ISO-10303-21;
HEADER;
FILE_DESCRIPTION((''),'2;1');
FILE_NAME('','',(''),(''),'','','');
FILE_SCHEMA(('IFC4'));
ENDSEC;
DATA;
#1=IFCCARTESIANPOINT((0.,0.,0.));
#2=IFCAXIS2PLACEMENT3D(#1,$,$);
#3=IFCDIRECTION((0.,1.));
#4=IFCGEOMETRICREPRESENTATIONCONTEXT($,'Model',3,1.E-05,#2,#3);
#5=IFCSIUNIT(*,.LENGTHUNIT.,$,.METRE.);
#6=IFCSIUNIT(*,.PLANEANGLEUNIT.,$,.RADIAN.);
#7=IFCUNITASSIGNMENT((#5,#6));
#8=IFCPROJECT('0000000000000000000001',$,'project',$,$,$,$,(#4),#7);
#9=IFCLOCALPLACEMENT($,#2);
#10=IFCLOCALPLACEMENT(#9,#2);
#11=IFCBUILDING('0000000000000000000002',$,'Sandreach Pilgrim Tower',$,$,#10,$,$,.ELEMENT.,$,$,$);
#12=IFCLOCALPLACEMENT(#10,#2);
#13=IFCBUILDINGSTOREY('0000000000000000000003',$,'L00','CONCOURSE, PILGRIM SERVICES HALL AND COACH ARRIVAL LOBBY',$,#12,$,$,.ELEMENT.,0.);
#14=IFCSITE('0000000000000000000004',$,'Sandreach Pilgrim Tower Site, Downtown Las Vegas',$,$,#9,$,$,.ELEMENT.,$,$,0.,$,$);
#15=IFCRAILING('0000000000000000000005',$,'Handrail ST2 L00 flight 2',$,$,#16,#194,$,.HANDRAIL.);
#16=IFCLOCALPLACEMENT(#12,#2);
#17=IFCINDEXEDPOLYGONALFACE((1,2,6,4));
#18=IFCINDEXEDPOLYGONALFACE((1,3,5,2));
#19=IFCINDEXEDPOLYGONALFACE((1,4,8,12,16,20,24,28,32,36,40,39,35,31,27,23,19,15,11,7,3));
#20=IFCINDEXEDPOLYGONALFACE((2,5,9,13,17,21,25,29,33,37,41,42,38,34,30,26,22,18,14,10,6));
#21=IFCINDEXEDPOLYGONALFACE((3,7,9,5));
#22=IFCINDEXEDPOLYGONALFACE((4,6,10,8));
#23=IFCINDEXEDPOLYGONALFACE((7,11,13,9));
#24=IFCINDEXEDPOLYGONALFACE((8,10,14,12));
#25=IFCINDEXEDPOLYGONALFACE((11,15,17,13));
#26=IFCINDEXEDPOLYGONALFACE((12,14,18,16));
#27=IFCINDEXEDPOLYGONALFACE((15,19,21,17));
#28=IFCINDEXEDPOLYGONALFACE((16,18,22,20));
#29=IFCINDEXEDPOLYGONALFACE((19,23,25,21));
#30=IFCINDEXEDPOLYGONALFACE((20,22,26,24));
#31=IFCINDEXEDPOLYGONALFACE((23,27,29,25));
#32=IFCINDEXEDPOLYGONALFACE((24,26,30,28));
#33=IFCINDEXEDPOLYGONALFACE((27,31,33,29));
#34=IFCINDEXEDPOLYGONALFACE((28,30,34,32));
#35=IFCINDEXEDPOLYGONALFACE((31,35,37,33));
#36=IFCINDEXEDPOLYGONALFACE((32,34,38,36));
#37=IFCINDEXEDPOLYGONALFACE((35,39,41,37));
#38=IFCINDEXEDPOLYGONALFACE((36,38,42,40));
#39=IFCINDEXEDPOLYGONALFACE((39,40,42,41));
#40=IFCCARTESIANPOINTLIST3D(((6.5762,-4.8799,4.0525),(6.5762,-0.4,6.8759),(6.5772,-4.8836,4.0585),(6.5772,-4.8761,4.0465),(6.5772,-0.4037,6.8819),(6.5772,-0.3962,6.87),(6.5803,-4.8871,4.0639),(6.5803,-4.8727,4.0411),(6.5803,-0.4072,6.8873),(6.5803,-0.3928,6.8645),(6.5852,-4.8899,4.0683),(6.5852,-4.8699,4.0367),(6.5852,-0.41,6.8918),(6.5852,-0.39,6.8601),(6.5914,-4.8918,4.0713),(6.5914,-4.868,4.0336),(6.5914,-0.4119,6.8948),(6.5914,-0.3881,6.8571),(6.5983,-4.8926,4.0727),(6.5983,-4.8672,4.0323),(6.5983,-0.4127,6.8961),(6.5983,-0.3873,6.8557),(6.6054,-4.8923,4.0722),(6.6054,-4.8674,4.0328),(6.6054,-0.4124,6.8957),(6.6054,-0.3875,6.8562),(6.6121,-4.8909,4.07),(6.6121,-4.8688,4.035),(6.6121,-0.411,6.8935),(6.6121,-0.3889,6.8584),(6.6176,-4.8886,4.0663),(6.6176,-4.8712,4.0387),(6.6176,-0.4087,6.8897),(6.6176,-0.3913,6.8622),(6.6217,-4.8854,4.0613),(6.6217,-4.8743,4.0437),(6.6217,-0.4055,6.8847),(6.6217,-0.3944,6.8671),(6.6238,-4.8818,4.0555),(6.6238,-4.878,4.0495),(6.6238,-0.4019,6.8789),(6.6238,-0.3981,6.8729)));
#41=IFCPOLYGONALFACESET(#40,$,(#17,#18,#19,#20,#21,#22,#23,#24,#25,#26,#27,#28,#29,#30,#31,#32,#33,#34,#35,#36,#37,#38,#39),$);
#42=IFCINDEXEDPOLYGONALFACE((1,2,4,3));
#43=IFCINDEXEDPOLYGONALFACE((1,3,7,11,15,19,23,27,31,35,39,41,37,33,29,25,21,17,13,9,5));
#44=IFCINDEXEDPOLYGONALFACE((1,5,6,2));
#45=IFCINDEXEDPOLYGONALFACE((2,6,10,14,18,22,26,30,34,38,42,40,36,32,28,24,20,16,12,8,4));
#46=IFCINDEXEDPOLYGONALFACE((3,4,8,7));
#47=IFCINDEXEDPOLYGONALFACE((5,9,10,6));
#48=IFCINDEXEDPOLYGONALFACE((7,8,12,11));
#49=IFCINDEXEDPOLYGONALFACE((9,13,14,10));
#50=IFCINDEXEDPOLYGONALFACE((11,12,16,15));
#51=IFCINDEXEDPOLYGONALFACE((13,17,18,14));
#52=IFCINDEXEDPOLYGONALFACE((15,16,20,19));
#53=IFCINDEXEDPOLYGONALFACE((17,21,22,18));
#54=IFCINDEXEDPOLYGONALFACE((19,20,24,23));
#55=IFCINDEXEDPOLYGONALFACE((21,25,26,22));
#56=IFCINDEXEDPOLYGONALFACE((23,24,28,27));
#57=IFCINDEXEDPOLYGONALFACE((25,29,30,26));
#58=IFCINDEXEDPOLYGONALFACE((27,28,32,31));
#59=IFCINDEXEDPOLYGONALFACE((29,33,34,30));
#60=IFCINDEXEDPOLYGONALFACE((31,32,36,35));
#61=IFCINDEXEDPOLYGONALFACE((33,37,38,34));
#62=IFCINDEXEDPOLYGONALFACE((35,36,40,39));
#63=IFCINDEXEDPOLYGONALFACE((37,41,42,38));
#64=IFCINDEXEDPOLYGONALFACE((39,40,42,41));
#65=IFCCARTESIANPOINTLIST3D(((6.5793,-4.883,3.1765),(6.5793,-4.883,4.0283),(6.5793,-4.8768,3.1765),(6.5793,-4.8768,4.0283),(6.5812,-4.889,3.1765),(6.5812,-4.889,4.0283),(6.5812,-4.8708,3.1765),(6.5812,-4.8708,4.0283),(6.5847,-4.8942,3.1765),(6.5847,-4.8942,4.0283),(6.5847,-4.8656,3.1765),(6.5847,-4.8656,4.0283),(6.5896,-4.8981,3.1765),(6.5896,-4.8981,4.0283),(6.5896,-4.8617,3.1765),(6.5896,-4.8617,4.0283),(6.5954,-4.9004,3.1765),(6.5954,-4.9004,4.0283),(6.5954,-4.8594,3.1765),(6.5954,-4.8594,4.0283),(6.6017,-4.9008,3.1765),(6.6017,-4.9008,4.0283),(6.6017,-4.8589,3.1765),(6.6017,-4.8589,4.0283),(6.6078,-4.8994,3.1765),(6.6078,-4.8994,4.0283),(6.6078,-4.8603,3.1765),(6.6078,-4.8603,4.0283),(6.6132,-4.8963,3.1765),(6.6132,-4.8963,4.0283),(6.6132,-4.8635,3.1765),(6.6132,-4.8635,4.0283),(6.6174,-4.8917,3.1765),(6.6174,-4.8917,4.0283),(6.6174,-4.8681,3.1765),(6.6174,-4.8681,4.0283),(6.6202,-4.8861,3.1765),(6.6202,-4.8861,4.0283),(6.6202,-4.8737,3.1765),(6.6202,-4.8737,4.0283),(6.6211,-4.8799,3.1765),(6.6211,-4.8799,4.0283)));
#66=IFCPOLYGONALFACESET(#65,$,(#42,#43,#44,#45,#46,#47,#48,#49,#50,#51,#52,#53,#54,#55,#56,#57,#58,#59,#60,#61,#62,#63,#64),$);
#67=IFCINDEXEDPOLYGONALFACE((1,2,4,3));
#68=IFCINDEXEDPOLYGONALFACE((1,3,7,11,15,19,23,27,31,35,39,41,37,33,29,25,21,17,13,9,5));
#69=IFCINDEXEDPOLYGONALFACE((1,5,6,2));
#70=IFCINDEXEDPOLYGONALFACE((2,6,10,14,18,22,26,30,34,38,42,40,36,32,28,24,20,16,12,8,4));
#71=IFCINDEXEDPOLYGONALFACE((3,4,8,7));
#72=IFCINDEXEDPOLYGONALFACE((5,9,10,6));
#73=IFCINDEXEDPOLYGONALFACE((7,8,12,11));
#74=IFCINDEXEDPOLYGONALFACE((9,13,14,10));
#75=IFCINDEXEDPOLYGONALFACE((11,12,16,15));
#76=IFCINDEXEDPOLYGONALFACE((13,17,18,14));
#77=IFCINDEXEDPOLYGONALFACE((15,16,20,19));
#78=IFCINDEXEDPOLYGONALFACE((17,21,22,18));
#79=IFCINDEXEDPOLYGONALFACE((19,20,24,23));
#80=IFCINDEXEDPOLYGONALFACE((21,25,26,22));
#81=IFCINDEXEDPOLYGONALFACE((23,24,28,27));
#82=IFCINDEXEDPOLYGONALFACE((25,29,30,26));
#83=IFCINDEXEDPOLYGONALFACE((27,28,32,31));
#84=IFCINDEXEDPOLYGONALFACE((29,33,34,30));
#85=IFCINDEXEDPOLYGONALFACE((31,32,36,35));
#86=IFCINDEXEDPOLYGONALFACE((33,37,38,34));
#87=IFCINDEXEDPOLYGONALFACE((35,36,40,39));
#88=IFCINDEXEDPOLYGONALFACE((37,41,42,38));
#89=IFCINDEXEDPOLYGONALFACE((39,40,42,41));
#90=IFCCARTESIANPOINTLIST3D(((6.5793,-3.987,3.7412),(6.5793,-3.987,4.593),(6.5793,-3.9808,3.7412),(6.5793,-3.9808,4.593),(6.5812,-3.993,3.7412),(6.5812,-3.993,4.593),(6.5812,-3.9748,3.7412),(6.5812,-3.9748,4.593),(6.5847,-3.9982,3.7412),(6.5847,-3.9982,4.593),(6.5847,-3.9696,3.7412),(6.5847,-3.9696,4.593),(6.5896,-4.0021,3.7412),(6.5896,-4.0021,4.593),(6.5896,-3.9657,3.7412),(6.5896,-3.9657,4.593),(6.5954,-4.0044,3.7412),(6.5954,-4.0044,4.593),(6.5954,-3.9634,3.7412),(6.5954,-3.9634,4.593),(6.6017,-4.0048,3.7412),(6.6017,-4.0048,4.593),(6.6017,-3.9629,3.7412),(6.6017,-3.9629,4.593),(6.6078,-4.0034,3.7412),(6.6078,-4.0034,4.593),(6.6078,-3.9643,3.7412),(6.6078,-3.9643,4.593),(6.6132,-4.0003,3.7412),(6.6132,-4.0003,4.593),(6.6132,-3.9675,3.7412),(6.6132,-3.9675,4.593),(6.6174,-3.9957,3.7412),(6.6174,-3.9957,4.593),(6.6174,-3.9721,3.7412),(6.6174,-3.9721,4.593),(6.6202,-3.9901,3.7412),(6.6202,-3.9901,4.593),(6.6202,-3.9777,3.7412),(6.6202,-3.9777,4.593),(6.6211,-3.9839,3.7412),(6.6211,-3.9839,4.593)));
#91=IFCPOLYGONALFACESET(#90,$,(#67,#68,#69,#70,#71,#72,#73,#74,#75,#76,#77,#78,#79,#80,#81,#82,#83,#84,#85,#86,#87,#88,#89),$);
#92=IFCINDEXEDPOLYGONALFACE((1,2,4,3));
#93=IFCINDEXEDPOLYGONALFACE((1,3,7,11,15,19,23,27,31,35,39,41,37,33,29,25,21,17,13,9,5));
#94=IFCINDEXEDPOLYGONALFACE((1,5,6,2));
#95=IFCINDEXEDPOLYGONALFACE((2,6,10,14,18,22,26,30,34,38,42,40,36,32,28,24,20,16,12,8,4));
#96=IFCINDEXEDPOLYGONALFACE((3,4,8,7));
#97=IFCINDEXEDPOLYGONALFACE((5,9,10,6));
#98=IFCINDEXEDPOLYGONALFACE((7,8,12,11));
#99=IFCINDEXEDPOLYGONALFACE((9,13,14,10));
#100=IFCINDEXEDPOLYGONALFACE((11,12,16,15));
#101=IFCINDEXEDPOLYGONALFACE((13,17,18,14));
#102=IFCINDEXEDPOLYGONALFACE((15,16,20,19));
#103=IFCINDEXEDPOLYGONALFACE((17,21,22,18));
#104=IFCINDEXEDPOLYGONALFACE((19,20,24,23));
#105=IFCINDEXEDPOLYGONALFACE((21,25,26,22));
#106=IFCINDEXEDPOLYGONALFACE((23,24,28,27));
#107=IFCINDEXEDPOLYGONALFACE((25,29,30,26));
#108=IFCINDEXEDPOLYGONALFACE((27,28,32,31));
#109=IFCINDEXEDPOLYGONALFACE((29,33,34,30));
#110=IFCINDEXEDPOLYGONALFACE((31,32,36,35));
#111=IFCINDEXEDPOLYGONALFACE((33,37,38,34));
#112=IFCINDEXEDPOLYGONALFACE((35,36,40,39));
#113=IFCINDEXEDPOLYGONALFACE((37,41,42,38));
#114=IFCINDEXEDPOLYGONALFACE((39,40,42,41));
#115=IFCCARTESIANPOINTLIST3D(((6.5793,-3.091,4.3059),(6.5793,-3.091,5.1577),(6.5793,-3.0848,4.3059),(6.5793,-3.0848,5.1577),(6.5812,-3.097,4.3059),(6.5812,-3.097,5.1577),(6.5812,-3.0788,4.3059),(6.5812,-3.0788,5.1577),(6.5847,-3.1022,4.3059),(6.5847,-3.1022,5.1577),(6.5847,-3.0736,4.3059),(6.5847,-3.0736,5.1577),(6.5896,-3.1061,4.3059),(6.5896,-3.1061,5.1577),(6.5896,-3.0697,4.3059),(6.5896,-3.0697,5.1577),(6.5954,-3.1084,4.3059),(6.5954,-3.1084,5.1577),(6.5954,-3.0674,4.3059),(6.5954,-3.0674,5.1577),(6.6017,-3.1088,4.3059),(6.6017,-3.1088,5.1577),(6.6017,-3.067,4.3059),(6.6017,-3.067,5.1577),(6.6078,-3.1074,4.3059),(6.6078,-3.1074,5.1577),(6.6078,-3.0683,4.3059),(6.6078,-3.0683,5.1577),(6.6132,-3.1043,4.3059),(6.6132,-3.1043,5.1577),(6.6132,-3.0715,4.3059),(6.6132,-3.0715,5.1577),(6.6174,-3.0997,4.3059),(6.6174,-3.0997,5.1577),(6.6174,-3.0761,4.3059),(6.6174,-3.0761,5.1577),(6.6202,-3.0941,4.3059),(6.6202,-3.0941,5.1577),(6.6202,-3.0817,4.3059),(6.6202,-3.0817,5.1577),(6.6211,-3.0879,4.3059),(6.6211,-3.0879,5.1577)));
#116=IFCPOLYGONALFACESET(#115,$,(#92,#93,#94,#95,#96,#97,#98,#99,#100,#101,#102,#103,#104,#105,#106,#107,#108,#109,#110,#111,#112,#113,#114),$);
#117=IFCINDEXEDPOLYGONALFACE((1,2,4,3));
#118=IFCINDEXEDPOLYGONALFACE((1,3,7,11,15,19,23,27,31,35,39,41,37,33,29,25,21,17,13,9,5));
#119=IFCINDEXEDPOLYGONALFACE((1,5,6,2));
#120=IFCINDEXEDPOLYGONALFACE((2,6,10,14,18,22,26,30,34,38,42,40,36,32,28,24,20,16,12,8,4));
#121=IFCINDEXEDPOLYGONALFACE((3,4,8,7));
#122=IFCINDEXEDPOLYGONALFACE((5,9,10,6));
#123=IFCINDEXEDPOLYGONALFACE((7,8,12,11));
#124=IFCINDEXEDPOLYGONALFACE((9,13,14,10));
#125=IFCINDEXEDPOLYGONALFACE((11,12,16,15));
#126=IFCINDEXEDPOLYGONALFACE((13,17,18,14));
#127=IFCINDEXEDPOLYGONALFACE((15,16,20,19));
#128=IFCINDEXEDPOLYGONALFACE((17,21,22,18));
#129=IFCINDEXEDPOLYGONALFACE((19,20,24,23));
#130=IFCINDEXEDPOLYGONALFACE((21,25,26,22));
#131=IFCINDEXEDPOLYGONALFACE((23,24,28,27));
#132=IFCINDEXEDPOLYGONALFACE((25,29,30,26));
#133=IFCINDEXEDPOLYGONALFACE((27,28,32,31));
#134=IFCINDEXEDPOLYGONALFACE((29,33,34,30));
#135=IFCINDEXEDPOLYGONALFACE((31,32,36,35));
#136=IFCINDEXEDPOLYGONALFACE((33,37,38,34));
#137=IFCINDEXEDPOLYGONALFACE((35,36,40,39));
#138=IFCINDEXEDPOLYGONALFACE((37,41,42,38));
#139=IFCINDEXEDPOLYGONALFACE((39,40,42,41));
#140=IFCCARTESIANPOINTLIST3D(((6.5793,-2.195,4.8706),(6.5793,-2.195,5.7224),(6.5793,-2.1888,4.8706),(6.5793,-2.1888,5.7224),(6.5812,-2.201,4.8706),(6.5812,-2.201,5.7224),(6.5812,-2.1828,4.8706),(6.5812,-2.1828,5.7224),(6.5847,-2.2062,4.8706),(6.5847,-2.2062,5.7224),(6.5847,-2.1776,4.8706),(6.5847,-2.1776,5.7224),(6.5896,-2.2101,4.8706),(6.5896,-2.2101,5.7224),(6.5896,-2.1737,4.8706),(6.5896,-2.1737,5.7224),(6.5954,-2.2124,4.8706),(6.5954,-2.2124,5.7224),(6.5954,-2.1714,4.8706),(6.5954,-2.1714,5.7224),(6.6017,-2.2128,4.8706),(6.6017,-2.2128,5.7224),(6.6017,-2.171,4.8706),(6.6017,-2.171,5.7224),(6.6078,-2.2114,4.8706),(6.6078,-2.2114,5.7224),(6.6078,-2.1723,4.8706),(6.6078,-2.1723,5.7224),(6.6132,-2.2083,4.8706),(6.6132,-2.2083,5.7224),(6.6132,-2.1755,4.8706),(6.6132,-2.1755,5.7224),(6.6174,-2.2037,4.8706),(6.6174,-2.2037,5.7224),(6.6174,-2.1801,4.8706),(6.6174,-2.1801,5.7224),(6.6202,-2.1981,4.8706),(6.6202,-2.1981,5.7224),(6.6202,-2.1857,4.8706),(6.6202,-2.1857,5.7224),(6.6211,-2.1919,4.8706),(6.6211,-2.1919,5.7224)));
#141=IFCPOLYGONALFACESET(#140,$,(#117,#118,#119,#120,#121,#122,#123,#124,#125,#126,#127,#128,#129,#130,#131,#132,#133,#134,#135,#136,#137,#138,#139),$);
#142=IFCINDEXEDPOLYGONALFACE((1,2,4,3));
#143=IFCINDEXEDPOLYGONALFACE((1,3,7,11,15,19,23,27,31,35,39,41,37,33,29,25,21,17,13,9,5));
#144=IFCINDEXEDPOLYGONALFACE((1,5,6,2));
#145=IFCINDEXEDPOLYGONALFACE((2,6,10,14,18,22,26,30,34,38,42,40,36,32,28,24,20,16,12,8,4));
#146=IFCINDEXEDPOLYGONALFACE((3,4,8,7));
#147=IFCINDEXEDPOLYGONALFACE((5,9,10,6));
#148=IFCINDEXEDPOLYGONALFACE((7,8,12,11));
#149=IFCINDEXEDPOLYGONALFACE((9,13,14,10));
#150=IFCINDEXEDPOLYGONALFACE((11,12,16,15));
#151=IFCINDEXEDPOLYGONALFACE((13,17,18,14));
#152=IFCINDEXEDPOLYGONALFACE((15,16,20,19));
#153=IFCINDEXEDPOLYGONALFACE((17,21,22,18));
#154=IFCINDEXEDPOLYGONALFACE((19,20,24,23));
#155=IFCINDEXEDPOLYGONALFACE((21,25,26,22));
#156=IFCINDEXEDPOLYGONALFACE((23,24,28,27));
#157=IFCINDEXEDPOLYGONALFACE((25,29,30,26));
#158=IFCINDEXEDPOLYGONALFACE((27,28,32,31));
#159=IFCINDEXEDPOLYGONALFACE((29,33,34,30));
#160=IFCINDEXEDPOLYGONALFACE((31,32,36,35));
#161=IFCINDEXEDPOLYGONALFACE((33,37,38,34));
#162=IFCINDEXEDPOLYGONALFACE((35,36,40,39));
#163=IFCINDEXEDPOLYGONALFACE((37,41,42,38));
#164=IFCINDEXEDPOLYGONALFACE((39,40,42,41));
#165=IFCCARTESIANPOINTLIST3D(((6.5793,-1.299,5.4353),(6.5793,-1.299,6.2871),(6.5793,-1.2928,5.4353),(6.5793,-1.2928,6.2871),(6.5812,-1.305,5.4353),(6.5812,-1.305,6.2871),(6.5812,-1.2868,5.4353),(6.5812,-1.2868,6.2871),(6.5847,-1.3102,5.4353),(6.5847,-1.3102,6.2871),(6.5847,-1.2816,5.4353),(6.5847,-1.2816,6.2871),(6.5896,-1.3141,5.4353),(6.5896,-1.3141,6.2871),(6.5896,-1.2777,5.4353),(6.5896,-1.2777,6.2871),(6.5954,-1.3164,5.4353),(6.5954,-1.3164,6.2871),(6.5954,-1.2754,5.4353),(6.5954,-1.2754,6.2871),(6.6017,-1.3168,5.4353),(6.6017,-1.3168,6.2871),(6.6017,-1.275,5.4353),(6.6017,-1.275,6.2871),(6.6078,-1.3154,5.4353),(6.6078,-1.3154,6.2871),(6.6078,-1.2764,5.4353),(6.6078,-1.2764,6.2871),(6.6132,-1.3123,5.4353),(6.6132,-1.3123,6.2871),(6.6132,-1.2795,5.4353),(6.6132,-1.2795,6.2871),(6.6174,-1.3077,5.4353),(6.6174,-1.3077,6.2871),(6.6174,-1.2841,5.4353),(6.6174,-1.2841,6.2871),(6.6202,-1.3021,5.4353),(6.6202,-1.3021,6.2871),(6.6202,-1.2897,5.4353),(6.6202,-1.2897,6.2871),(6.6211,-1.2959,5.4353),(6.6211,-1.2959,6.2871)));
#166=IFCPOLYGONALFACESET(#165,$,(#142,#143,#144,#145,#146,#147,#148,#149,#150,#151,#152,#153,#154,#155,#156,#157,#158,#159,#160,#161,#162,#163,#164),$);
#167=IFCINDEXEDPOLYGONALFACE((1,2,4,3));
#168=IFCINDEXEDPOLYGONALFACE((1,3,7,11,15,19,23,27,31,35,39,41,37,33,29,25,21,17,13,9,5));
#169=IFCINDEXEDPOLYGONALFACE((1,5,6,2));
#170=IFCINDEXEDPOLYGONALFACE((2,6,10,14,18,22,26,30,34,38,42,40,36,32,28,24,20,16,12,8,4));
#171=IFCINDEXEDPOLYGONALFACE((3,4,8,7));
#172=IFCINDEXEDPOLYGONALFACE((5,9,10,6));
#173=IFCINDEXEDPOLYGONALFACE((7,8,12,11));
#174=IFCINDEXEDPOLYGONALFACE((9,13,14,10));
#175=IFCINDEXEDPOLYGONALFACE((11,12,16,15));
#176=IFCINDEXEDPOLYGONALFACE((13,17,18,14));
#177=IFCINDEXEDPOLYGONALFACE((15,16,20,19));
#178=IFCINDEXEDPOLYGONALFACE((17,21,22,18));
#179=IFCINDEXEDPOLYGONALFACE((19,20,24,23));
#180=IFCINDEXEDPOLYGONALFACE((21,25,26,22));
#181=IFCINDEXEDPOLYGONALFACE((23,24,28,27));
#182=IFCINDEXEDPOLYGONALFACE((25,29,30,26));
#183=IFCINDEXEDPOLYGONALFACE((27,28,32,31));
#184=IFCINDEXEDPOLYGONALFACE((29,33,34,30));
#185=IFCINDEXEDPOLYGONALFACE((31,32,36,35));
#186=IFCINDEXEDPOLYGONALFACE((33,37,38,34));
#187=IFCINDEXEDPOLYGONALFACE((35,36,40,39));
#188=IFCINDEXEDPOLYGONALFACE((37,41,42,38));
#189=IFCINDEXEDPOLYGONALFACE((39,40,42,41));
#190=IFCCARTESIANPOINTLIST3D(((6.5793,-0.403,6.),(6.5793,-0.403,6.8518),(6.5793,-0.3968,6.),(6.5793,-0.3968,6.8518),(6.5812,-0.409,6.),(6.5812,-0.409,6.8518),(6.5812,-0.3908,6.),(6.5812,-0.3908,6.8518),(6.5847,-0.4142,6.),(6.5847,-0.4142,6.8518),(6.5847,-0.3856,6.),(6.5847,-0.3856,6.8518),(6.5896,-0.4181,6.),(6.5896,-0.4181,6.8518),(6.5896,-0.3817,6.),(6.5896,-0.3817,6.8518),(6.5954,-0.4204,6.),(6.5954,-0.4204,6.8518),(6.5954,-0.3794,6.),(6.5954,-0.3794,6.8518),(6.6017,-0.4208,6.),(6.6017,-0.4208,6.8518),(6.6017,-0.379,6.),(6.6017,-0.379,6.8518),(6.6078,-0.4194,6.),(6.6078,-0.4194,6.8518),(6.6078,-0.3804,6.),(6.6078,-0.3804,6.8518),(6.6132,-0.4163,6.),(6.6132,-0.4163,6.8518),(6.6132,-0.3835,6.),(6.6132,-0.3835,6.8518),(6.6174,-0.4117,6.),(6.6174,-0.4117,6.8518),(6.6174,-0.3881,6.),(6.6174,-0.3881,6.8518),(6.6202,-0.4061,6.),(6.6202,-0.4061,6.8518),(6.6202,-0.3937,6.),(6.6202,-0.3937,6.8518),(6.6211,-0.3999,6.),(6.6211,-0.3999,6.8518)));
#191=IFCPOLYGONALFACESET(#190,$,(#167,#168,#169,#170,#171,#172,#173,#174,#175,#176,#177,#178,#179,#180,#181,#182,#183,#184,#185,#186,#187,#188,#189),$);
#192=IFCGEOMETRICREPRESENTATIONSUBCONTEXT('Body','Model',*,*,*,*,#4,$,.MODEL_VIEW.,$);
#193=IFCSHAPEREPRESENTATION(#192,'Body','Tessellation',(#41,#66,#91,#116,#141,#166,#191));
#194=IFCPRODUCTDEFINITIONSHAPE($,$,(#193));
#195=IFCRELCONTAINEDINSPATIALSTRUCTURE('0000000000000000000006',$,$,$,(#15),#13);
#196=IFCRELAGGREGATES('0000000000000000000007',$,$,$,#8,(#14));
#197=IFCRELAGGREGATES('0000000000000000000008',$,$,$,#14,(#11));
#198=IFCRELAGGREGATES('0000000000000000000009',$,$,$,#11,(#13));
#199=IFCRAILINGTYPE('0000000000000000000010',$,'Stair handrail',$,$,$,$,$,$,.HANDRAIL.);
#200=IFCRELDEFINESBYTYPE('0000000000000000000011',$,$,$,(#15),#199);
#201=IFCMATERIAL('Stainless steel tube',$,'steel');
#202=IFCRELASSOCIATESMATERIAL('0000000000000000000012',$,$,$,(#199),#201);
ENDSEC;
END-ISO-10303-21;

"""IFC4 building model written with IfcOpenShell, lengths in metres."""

from ifc_helpers import new_model, si_unit, direction, frame, origin, origin_2d, place, context, subcontext, project, spatial, circle, extrude, material, type_object, element, save


model = new_model("IFC4")

# Units and contexts
model_context = context("Model", 3, precision=1e-05, world=origin(), true_north=direction((0.0, 1.0)))
body_context = subcontext(model_context, "Body", "Model", "MODEL_VIEW")
ifc_project = project(units=[si_unit("LENGTHUNIT", "METRE"), si_unit("PLANEANGLEUNIT", "RADIAN")], contexts=[model_context])

# Site, building, storey
site_placement = place(None, origin())
site = spatial("IfcSite", under=ifc_project, at=site_placement, Name="Sandreach Pilgrim Tower Site, Downtown Las Vegas", CompositionType="ELEMENT", RefElevation=0.0)
building_placement = place(site_placement, origin())
building = spatial("IfcBuilding", under=site, at=building_placement, Name="Sandreach Pilgrim Tower", CompositionType="ELEMENT")
storey_placement = place(building_placement, origin())
storey = spatial("IfcBuildingStorey", under=building, at=storey_placement, Name="L00", Description="CONCOURSE, PILGRIM SERVICES HALL AND COACH ARRIVAL LOBBY", CompositionType="ELEMENT", Elevation=0.0)

# Railing
ifc_material_1 = material(Name="Stainless steel tube", Category="steel")
railing_type = type_object("IfcRailingType", Name="Stair handrail", PredefinedType="HANDRAIL", material=ifc_material_1)
railing_placement = place(storey_placement, frame((6.6001, -4.8799, 3.1765)))
element("IfcRailing", 1, at=railing_placement, inside=storey, type_object=railing_type, Name="Handrail ST2 L00 flight 2", PredefinedType="HANDRAIL", context=body_context, shape_type="SweptSolid", body=[
    extrude(circle(Radius=0.0239, at=origin_2d()), frame((0.0, 0.0, 0.876), z_axis=(0.0, 0.845998, 0.533186), x_axis=(-1.0, 0.0, 0.0)), (0.0, 0.0, 1.0), 5.2954),
    extrude(circle(Radius=0.021, at=origin_2d()), origin(), (0.0, 0.0, 1.0), 0.8518),
    extrude(circle(Radius=0.021, at=origin_2d()), frame((0.0, 0.896, 0.5647)), (0.0, 0.0, 1.0), 0.8518),
    extrude(circle(Radius=0.021, at=origin_2d()), frame((0.0, 1.792, 1.1294)), (0.0, 0.0, 1.0), 0.8518),
    extrude(circle(Radius=0.021, at=origin_2d()), frame((0.0, 2.688, 1.6941)), (0.0, 0.0, 1.0), 0.8518),
    extrude(circle(Radius=0.021, at=origin_2d()), frame((0.0, 3.584, 2.2588)), (0.0, 0.0, 1.0), 0.8518),
    extrude(circle(Radius=0.021, at=origin_2d()), frame((0.0, 4.48, 2.8235)), (0.0, 0.0, 1.0), 0.8518),
])

save(model, "model.ifc")
